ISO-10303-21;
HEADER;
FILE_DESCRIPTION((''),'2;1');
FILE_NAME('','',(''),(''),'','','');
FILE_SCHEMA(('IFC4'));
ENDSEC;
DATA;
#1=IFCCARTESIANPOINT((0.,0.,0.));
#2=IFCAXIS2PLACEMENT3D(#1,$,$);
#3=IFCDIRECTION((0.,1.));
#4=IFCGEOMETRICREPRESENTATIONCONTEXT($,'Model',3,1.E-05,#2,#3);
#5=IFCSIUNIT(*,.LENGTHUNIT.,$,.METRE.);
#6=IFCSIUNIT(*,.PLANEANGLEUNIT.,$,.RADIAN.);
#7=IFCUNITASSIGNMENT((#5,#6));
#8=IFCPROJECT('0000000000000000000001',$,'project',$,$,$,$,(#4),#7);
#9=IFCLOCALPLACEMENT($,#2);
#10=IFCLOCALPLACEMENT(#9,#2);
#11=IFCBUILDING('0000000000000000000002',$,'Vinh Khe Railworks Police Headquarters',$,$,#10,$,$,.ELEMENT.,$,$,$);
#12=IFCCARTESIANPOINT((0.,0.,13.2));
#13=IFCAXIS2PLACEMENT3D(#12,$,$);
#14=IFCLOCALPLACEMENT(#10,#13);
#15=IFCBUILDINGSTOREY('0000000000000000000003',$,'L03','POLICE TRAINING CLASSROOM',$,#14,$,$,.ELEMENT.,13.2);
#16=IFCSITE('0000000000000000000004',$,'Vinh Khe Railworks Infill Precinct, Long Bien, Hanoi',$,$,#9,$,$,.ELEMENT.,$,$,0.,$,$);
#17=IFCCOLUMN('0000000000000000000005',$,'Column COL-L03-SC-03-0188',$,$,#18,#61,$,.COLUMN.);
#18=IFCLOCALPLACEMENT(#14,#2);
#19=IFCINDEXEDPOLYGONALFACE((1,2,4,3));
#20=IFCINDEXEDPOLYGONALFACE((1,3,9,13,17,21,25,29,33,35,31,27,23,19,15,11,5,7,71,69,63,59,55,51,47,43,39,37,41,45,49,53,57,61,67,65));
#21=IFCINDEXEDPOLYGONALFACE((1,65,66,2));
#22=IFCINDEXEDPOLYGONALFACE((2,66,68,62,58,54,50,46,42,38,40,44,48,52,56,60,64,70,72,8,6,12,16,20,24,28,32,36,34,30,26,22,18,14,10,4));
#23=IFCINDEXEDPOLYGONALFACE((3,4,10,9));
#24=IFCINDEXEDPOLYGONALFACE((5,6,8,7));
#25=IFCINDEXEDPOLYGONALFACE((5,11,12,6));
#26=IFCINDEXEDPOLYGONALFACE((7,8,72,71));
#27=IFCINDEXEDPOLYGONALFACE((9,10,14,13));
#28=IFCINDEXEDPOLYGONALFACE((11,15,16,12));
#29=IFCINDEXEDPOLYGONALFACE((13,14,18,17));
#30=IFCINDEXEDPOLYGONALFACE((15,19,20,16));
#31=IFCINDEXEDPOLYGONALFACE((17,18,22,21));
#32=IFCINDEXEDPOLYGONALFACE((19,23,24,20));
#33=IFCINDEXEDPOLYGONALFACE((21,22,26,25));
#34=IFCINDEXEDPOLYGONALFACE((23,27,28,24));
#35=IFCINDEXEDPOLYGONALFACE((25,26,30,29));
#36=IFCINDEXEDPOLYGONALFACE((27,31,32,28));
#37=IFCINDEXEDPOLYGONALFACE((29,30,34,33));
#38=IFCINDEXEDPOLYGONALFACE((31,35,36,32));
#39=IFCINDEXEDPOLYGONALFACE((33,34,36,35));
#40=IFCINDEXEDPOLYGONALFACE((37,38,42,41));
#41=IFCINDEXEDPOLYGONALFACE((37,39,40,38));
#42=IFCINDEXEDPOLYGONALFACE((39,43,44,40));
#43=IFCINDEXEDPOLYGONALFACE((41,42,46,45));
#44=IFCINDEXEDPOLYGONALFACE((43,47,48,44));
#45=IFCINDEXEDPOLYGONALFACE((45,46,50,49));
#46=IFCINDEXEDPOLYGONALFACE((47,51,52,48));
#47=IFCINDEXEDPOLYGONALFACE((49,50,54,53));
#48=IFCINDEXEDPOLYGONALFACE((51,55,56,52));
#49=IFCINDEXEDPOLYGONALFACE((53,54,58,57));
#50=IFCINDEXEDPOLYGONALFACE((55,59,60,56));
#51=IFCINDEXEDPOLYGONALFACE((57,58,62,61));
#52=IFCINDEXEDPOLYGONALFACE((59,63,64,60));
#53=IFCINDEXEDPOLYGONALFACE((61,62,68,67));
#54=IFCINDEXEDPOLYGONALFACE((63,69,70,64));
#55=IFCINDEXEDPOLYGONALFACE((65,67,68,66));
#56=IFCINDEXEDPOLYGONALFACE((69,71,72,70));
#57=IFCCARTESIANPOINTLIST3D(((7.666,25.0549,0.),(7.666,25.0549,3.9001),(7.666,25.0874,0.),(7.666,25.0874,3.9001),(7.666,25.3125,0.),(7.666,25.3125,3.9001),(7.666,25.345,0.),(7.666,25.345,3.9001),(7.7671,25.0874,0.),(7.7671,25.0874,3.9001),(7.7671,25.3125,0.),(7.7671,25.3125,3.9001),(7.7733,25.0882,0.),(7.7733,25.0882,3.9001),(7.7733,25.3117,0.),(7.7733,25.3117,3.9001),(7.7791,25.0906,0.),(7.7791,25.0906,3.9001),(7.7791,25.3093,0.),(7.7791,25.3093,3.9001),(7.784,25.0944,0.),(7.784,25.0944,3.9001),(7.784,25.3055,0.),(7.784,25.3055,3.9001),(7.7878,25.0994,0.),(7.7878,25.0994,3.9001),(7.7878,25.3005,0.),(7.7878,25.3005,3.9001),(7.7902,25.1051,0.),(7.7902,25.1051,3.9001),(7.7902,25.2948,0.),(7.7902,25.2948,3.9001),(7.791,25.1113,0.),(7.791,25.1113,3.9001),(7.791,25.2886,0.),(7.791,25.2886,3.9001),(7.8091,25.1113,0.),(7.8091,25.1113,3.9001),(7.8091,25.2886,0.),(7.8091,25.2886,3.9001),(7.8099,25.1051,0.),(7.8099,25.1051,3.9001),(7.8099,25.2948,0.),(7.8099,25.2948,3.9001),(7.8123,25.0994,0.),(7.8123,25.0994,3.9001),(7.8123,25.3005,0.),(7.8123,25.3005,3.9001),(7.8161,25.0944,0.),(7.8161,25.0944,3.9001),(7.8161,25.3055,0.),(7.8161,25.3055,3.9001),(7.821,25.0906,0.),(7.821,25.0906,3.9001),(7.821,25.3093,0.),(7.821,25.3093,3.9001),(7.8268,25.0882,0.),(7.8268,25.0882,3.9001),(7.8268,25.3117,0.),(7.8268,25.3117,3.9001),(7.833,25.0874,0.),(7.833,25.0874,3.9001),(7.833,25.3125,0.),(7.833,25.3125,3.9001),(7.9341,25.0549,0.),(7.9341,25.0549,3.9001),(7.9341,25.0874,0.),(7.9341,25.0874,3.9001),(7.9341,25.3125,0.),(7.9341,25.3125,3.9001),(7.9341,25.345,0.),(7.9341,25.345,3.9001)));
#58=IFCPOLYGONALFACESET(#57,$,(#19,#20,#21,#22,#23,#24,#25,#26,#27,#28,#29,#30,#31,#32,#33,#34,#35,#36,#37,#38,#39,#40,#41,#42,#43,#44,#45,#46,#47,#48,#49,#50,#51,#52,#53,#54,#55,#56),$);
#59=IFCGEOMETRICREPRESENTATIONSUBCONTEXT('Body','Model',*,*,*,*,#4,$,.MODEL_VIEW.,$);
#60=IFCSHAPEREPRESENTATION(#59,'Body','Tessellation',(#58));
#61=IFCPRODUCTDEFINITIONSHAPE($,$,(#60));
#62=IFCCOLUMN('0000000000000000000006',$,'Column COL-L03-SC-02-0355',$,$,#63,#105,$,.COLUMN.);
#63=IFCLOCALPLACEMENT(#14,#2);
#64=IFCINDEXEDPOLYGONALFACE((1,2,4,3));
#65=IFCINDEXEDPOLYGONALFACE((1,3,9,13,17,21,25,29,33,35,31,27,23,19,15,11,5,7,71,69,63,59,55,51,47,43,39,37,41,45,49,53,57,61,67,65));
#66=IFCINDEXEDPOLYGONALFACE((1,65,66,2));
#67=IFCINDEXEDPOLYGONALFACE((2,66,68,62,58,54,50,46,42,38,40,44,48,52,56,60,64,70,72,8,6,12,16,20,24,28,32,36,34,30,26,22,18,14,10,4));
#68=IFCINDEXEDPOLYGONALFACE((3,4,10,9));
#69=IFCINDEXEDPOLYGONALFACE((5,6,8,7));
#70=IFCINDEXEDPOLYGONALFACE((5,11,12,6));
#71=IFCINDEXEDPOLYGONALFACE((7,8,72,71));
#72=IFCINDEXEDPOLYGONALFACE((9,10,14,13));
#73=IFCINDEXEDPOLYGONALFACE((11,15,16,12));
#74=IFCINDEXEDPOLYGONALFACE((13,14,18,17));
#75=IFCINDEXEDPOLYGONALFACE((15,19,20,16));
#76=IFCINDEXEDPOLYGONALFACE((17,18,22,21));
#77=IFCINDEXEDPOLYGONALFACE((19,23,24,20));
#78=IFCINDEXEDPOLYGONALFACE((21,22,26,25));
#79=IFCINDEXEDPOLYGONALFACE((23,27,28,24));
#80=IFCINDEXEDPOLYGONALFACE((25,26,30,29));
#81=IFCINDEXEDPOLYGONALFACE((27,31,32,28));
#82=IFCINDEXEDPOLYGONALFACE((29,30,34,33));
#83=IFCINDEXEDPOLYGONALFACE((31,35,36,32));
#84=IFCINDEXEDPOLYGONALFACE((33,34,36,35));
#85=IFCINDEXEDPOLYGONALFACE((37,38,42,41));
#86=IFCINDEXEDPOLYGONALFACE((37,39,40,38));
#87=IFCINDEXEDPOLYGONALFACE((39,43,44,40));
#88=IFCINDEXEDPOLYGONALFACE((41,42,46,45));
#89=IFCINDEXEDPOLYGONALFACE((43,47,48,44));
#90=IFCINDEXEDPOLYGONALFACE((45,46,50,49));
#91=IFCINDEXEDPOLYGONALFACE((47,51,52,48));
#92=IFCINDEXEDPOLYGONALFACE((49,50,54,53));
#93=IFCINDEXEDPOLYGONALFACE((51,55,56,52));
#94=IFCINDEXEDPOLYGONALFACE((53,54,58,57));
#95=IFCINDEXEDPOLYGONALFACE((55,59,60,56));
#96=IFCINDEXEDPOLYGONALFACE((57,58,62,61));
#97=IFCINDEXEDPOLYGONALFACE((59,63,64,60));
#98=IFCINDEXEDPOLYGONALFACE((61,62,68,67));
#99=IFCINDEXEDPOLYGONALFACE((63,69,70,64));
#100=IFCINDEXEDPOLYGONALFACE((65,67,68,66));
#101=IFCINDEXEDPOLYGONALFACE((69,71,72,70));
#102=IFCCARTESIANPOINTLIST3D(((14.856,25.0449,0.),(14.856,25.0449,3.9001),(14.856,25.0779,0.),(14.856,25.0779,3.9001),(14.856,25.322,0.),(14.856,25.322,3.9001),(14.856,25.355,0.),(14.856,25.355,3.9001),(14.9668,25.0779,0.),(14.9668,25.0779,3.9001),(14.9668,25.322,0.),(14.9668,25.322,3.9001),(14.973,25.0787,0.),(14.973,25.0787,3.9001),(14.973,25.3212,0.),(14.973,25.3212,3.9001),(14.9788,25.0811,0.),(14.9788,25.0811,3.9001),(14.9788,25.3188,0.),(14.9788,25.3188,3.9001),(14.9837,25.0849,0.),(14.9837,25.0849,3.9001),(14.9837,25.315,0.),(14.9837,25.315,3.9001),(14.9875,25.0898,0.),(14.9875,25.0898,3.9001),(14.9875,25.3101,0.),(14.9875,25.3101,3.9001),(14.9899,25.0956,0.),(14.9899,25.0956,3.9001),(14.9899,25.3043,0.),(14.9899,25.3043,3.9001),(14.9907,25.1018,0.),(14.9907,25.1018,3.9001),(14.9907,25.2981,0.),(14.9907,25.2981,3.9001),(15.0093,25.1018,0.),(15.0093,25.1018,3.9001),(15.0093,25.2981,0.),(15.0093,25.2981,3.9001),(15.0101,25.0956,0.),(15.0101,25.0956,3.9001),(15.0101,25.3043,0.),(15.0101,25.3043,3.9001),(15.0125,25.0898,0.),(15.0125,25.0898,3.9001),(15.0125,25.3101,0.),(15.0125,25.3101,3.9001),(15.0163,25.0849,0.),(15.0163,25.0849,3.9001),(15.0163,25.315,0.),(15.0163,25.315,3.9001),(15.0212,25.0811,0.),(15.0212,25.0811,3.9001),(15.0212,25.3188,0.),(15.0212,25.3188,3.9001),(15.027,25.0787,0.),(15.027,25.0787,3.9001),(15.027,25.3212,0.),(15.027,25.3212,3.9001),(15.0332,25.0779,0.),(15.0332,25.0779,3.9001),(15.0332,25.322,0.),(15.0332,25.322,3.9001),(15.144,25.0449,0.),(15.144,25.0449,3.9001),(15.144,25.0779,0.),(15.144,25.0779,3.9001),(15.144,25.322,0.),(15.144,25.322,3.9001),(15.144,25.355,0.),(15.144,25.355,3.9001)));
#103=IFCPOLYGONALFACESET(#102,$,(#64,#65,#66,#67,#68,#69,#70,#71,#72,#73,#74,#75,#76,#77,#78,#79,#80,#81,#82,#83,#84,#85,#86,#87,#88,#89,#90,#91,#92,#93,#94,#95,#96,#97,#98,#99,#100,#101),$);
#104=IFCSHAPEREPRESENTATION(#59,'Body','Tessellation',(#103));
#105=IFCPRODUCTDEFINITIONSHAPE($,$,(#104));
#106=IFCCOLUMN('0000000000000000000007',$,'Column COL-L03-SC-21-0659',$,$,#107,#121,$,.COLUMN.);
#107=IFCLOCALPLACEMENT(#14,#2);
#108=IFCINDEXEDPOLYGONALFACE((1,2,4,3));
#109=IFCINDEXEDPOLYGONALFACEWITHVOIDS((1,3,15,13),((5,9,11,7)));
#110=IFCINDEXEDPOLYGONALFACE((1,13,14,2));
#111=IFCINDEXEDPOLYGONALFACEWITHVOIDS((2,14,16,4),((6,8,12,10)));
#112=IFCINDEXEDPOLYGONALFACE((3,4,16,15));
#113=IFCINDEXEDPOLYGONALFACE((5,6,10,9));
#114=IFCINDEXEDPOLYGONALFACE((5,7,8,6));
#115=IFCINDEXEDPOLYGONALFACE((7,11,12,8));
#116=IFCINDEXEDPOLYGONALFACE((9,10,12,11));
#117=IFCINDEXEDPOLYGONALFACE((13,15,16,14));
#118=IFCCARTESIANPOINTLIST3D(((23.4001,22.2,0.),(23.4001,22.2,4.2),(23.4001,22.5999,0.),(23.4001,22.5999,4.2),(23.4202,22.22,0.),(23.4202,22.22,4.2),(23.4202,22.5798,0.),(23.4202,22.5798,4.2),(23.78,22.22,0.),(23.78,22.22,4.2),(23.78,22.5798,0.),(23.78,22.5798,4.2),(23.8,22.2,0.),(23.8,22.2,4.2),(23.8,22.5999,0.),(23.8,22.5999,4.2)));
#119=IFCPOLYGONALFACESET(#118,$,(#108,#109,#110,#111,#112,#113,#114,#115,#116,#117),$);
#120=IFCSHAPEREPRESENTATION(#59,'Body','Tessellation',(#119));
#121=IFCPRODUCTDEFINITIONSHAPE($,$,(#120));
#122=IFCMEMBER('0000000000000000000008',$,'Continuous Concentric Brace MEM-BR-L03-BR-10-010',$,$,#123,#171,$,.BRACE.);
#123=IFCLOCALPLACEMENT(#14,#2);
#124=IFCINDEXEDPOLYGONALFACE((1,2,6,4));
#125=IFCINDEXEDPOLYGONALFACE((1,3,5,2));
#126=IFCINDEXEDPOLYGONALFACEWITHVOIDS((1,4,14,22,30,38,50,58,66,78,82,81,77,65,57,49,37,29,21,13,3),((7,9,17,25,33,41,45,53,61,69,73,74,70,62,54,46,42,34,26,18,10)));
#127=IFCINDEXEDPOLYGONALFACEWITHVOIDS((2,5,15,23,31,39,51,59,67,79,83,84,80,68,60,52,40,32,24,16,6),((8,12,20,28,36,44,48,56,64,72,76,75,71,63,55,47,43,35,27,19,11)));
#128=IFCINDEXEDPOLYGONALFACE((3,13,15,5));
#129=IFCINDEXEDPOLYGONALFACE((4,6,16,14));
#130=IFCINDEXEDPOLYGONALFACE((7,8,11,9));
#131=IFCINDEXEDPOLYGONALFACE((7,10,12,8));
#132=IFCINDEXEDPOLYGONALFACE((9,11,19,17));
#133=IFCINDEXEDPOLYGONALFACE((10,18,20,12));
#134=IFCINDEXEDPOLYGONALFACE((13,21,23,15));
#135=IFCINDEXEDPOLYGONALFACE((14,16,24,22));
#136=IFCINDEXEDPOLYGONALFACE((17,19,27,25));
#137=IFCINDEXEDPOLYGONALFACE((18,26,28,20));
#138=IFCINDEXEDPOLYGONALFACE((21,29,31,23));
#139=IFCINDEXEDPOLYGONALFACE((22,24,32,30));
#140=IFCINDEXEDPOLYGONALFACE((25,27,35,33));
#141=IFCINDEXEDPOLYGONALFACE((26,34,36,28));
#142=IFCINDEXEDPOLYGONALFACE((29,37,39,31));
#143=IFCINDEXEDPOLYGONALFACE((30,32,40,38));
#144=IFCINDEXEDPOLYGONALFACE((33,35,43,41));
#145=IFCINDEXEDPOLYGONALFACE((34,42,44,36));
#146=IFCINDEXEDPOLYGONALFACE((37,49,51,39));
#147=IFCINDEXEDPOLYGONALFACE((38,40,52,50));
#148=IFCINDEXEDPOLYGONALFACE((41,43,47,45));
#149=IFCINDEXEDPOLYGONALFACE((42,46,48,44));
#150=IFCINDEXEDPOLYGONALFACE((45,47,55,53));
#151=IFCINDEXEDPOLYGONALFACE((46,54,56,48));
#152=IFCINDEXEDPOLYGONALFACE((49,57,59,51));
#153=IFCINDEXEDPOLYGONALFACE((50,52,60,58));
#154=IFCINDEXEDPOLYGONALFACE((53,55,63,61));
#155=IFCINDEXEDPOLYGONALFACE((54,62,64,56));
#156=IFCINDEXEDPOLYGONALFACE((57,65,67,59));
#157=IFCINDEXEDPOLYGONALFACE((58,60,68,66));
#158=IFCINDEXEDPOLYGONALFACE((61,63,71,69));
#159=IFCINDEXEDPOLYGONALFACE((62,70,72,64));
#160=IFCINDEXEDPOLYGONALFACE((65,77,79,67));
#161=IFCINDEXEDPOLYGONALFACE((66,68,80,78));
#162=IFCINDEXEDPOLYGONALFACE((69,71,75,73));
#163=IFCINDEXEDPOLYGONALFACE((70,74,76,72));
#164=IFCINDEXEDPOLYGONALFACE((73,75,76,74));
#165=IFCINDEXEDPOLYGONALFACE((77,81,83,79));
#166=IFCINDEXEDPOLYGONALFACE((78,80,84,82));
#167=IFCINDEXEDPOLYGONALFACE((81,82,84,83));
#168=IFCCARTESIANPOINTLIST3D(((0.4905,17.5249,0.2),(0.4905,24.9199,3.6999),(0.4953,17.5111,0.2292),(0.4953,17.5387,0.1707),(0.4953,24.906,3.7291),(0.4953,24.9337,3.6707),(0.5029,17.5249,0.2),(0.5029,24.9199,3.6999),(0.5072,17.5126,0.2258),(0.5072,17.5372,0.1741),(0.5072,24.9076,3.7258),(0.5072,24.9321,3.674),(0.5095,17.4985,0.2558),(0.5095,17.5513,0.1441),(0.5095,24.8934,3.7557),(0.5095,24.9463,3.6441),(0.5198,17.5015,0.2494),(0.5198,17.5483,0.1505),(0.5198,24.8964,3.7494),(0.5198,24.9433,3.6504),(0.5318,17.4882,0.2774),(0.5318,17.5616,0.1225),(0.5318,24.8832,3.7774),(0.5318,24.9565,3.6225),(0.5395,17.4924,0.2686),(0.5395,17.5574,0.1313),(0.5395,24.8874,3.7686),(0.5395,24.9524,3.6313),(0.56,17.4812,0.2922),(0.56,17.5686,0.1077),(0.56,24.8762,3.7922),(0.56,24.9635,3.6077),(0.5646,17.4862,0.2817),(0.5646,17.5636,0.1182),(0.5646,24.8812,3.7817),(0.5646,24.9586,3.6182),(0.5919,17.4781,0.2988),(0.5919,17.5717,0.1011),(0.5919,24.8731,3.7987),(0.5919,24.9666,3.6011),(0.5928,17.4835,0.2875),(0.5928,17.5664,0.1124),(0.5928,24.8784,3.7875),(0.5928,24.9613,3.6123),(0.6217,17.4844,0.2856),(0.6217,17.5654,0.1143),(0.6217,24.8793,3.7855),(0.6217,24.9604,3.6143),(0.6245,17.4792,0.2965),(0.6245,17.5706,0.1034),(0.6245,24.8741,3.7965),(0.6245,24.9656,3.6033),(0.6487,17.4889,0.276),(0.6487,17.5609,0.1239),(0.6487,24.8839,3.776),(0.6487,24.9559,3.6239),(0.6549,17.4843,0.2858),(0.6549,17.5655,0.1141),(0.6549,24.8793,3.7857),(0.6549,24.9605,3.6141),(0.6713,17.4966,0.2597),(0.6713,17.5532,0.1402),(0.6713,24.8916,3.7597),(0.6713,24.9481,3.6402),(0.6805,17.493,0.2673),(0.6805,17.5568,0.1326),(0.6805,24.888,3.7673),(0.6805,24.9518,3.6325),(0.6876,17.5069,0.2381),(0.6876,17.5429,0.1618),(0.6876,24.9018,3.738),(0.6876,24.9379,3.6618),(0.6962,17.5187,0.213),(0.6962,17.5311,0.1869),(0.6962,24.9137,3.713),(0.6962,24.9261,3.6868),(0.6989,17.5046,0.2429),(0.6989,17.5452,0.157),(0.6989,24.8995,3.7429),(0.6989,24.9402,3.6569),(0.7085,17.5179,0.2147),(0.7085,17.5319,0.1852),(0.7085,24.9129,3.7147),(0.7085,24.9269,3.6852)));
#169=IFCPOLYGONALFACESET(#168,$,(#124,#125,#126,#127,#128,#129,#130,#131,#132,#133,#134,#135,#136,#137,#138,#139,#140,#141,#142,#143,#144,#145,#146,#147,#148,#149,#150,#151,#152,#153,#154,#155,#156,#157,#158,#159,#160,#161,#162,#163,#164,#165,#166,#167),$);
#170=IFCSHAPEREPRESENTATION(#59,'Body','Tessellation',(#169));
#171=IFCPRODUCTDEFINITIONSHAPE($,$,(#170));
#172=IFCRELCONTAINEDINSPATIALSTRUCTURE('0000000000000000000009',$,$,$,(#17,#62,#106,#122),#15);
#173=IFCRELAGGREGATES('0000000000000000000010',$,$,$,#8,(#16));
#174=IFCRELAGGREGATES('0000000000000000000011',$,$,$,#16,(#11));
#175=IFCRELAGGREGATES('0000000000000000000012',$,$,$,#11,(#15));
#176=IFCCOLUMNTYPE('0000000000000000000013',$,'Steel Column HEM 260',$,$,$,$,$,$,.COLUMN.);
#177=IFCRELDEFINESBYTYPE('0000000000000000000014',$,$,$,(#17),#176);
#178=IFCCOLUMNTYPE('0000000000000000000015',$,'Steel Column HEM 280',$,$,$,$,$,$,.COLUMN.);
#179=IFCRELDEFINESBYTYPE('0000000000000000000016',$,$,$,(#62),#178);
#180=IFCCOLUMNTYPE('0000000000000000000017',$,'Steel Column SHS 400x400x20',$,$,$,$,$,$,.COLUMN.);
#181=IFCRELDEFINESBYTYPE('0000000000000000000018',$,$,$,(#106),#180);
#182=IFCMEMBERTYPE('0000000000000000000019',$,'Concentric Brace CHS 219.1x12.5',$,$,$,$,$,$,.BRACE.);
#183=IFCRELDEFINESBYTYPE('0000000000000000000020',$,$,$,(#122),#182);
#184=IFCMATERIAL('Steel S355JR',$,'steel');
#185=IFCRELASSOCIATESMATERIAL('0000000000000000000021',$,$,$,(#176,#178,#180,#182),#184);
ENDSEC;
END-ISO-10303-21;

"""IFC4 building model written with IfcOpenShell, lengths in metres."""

from ifc_helpers import new_model, si_unit, direction, frame, origin, origin_2d, place, context, subcontext, project, spatial, hollow_rectangle, hollow_circle, i_section, extrude, material, material_profile, profile_set, type_object, element, save


model = new_model("IFC4")

# Units and contexts
model_context = context("Model", 3, precision=1e-05, world=origin(), true_north=direction((0.0, 1.0)))
body_context = subcontext(model_context, "Body", "Model", "MODEL_VIEW")
ifc_project = project(units=[si_unit("LENGTHUNIT", "METRE"), si_unit("PLANEANGLEUNIT", "RADIAN")], contexts=[model_context])

# Site, building, storey
site_placement = place(None, origin())
site = spatial("IfcSite", under=ifc_project, at=site_placement, Name="Vinh Khe Railworks Infill Precinct, Long Bien, Hanoi", CompositionType="ELEMENT", RefElevation=0.0)
building_placement = place(site_placement, origin())
building = spatial("IfcBuilding", under=site, at=building_placement, Name="Vinh Khe Railworks Police Headquarters", CompositionType="ELEMENT")
storey_placement = place(building_placement, frame((0.0, 0.0, 13.2)))
storey = spatial("IfcBuildingStorey", under=building, at=storey_placement, Name="L03", Description="POLICE TRAINING CLASSROOM", CompositionType="ELEMENT", Elevation=13.2)

# Columns
ifc_material_1 = material(Name="Steel S355JR", Category="steel")
ifc_material_profile_1 = material_profile(ifc_material_1, i_section(OverallWidth=0.2681, OverallDepth=0.29, WebThickness=0.0181, FlangeThickness=0.0325, FilletRadius=0.0239, at=origin_2d()), Name="HEM 260")
ifc_profile_set_1 = profile_set([ifc_material_profile_1], Name="Steel S355JR")
column_type_1 = type_object("IfcColumnType", Name="Steel Column HEM 260", PredefinedType="COLUMN", material=ifc_profile_set_1)
column_1_placement = place(storey_placement, frame((7.8, 25.2, 0.0), z_axis=(0.0, 0.0, 1.0), x_axis=(1.0, 0.0, 0.0)))
element("IfcColumn", 1, at=column_1_placement, inside=storey, type_object=column_type_1, Name="Column COL-L03-SC-03-0188", PredefinedType="COLUMN", context=body_context, shape_type="SweptSolid", body=[
    extrude(i_section(OverallWidth=0.2681, OverallDepth=0.29, WebThickness=0.0181, FlangeThickness=0.0325, FilletRadius=0.0239, at=origin_2d()), origin(), (0.0, 0.0, 1.0), 3.9001),
])
ifc_material_profile_2 = material_profile(ifc_material_1, i_section(OverallWidth=0.2881, OverallDepth=0.3101, WebThickness=0.0186, FlangeThickness=0.033, FilletRadius=0.0239, at=origin_2d()), Name="HEM 280")
ifc_profile_set_2 = profile_set([ifc_material_profile_2], Name="Steel S355JR")
column_type_2 = type_object("IfcColumnType", Name="Steel Column HEM 280", PredefinedType="COLUMN", material=ifc_profile_set_2)
column_2_placement = place(storey_placement, frame((15.0, 25.2, 0.0), z_axis=(0.0, 0.0, 1.0), x_axis=(1.0, 0.0, 0.0)))
element("IfcColumn", 2, at=column_2_placement, inside=storey, type_object=column_type_2, Name="Column COL-L03-SC-02-0355", PredefinedType="COLUMN", context=body_context, shape_type="SweptSolid", body=[
    extrude(i_section(OverallWidth=0.2881, OverallDepth=0.3101, WebThickness=0.0186, FlangeThickness=0.033, FilletRadius=0.0239, at=origin_2d()), origin(), (0.0, 0.0, 1.0), 3.9001),
])
ifc_material_profile_3 = material_profile(ifc_material_1, hollow_rectangle(XDim=0.3999, YDim=0.3999, WallThickness=0.02, at=origin_2d()), Name="SHS 400x400x20")
ifc_profile_set_3 = profile_set([ifc_material_profile_3], Name="Steel S355JR")
column_type_3 = type_object("IfcColumnType", Name="Steel Column SHS 400x400x20", PredefinedType="COLUMN", material=ifc_profile_set_3)
column_3_placement = place(storey_placement, frame((23.6001, 22.3999, 0.0), z_axis=(0.0, 0.0, 1.0), x_axis=(1.0, 0.0, 0.0)))
element("IfcColumn", 3, at=column_3_placement, inside=storey, type_object=column_type_3, Name="Column COL-L03-SC-21-0659", PredefinedType="COLUMN", context=body_context, shape_type="SweptSolid", body=[
    extrude(hollow_rectangle(XDim=0.3999, YDim=0.3999, WallThickness=0.02, at=origin_2d()), origin(), (0.0, 0.0, 1.0), 4.2),
])

# Member
ifc_material_profile_4 = material_profile(ifc_material_1, hollow_circle(Radius=0.1096, WallThickness=0.0125, at=origin_2d()), Name="CHS 219.1x12.5")
ifc_profile_set_4 = profile_set([ifc_material_profile_4], Name="Steel S355JR")
member_type = type_object("IfcMemberType", Name="Concentric Brace CHS 219.1x12.5", PredefinedType="BRACE", material=ifc_profile_set_4)
member_placement = place(storey_placement, frame((0.6001, 17.5249, 0.2), z_axis=(0.0, 0.903875, 0.427796), x_axis=(-1.0, 0.0, 0.0)))
element("IfcMember", 4, at=member_placement, inside=storey, type_object=member_type, Name="Continuous Concentric Brace MEM-BR-L03-BR-10-010", PredefinedType="BRACE", context=body_context, shape_type="SweptSolid", body=[
    extrude(hollow_circle(Radius=0.1096, WallThickness=0.0125, at=origin_2d()), origin(), (0.0, 0.0, 1.0), 8.1814),
])

save(model, "model.ifc")
